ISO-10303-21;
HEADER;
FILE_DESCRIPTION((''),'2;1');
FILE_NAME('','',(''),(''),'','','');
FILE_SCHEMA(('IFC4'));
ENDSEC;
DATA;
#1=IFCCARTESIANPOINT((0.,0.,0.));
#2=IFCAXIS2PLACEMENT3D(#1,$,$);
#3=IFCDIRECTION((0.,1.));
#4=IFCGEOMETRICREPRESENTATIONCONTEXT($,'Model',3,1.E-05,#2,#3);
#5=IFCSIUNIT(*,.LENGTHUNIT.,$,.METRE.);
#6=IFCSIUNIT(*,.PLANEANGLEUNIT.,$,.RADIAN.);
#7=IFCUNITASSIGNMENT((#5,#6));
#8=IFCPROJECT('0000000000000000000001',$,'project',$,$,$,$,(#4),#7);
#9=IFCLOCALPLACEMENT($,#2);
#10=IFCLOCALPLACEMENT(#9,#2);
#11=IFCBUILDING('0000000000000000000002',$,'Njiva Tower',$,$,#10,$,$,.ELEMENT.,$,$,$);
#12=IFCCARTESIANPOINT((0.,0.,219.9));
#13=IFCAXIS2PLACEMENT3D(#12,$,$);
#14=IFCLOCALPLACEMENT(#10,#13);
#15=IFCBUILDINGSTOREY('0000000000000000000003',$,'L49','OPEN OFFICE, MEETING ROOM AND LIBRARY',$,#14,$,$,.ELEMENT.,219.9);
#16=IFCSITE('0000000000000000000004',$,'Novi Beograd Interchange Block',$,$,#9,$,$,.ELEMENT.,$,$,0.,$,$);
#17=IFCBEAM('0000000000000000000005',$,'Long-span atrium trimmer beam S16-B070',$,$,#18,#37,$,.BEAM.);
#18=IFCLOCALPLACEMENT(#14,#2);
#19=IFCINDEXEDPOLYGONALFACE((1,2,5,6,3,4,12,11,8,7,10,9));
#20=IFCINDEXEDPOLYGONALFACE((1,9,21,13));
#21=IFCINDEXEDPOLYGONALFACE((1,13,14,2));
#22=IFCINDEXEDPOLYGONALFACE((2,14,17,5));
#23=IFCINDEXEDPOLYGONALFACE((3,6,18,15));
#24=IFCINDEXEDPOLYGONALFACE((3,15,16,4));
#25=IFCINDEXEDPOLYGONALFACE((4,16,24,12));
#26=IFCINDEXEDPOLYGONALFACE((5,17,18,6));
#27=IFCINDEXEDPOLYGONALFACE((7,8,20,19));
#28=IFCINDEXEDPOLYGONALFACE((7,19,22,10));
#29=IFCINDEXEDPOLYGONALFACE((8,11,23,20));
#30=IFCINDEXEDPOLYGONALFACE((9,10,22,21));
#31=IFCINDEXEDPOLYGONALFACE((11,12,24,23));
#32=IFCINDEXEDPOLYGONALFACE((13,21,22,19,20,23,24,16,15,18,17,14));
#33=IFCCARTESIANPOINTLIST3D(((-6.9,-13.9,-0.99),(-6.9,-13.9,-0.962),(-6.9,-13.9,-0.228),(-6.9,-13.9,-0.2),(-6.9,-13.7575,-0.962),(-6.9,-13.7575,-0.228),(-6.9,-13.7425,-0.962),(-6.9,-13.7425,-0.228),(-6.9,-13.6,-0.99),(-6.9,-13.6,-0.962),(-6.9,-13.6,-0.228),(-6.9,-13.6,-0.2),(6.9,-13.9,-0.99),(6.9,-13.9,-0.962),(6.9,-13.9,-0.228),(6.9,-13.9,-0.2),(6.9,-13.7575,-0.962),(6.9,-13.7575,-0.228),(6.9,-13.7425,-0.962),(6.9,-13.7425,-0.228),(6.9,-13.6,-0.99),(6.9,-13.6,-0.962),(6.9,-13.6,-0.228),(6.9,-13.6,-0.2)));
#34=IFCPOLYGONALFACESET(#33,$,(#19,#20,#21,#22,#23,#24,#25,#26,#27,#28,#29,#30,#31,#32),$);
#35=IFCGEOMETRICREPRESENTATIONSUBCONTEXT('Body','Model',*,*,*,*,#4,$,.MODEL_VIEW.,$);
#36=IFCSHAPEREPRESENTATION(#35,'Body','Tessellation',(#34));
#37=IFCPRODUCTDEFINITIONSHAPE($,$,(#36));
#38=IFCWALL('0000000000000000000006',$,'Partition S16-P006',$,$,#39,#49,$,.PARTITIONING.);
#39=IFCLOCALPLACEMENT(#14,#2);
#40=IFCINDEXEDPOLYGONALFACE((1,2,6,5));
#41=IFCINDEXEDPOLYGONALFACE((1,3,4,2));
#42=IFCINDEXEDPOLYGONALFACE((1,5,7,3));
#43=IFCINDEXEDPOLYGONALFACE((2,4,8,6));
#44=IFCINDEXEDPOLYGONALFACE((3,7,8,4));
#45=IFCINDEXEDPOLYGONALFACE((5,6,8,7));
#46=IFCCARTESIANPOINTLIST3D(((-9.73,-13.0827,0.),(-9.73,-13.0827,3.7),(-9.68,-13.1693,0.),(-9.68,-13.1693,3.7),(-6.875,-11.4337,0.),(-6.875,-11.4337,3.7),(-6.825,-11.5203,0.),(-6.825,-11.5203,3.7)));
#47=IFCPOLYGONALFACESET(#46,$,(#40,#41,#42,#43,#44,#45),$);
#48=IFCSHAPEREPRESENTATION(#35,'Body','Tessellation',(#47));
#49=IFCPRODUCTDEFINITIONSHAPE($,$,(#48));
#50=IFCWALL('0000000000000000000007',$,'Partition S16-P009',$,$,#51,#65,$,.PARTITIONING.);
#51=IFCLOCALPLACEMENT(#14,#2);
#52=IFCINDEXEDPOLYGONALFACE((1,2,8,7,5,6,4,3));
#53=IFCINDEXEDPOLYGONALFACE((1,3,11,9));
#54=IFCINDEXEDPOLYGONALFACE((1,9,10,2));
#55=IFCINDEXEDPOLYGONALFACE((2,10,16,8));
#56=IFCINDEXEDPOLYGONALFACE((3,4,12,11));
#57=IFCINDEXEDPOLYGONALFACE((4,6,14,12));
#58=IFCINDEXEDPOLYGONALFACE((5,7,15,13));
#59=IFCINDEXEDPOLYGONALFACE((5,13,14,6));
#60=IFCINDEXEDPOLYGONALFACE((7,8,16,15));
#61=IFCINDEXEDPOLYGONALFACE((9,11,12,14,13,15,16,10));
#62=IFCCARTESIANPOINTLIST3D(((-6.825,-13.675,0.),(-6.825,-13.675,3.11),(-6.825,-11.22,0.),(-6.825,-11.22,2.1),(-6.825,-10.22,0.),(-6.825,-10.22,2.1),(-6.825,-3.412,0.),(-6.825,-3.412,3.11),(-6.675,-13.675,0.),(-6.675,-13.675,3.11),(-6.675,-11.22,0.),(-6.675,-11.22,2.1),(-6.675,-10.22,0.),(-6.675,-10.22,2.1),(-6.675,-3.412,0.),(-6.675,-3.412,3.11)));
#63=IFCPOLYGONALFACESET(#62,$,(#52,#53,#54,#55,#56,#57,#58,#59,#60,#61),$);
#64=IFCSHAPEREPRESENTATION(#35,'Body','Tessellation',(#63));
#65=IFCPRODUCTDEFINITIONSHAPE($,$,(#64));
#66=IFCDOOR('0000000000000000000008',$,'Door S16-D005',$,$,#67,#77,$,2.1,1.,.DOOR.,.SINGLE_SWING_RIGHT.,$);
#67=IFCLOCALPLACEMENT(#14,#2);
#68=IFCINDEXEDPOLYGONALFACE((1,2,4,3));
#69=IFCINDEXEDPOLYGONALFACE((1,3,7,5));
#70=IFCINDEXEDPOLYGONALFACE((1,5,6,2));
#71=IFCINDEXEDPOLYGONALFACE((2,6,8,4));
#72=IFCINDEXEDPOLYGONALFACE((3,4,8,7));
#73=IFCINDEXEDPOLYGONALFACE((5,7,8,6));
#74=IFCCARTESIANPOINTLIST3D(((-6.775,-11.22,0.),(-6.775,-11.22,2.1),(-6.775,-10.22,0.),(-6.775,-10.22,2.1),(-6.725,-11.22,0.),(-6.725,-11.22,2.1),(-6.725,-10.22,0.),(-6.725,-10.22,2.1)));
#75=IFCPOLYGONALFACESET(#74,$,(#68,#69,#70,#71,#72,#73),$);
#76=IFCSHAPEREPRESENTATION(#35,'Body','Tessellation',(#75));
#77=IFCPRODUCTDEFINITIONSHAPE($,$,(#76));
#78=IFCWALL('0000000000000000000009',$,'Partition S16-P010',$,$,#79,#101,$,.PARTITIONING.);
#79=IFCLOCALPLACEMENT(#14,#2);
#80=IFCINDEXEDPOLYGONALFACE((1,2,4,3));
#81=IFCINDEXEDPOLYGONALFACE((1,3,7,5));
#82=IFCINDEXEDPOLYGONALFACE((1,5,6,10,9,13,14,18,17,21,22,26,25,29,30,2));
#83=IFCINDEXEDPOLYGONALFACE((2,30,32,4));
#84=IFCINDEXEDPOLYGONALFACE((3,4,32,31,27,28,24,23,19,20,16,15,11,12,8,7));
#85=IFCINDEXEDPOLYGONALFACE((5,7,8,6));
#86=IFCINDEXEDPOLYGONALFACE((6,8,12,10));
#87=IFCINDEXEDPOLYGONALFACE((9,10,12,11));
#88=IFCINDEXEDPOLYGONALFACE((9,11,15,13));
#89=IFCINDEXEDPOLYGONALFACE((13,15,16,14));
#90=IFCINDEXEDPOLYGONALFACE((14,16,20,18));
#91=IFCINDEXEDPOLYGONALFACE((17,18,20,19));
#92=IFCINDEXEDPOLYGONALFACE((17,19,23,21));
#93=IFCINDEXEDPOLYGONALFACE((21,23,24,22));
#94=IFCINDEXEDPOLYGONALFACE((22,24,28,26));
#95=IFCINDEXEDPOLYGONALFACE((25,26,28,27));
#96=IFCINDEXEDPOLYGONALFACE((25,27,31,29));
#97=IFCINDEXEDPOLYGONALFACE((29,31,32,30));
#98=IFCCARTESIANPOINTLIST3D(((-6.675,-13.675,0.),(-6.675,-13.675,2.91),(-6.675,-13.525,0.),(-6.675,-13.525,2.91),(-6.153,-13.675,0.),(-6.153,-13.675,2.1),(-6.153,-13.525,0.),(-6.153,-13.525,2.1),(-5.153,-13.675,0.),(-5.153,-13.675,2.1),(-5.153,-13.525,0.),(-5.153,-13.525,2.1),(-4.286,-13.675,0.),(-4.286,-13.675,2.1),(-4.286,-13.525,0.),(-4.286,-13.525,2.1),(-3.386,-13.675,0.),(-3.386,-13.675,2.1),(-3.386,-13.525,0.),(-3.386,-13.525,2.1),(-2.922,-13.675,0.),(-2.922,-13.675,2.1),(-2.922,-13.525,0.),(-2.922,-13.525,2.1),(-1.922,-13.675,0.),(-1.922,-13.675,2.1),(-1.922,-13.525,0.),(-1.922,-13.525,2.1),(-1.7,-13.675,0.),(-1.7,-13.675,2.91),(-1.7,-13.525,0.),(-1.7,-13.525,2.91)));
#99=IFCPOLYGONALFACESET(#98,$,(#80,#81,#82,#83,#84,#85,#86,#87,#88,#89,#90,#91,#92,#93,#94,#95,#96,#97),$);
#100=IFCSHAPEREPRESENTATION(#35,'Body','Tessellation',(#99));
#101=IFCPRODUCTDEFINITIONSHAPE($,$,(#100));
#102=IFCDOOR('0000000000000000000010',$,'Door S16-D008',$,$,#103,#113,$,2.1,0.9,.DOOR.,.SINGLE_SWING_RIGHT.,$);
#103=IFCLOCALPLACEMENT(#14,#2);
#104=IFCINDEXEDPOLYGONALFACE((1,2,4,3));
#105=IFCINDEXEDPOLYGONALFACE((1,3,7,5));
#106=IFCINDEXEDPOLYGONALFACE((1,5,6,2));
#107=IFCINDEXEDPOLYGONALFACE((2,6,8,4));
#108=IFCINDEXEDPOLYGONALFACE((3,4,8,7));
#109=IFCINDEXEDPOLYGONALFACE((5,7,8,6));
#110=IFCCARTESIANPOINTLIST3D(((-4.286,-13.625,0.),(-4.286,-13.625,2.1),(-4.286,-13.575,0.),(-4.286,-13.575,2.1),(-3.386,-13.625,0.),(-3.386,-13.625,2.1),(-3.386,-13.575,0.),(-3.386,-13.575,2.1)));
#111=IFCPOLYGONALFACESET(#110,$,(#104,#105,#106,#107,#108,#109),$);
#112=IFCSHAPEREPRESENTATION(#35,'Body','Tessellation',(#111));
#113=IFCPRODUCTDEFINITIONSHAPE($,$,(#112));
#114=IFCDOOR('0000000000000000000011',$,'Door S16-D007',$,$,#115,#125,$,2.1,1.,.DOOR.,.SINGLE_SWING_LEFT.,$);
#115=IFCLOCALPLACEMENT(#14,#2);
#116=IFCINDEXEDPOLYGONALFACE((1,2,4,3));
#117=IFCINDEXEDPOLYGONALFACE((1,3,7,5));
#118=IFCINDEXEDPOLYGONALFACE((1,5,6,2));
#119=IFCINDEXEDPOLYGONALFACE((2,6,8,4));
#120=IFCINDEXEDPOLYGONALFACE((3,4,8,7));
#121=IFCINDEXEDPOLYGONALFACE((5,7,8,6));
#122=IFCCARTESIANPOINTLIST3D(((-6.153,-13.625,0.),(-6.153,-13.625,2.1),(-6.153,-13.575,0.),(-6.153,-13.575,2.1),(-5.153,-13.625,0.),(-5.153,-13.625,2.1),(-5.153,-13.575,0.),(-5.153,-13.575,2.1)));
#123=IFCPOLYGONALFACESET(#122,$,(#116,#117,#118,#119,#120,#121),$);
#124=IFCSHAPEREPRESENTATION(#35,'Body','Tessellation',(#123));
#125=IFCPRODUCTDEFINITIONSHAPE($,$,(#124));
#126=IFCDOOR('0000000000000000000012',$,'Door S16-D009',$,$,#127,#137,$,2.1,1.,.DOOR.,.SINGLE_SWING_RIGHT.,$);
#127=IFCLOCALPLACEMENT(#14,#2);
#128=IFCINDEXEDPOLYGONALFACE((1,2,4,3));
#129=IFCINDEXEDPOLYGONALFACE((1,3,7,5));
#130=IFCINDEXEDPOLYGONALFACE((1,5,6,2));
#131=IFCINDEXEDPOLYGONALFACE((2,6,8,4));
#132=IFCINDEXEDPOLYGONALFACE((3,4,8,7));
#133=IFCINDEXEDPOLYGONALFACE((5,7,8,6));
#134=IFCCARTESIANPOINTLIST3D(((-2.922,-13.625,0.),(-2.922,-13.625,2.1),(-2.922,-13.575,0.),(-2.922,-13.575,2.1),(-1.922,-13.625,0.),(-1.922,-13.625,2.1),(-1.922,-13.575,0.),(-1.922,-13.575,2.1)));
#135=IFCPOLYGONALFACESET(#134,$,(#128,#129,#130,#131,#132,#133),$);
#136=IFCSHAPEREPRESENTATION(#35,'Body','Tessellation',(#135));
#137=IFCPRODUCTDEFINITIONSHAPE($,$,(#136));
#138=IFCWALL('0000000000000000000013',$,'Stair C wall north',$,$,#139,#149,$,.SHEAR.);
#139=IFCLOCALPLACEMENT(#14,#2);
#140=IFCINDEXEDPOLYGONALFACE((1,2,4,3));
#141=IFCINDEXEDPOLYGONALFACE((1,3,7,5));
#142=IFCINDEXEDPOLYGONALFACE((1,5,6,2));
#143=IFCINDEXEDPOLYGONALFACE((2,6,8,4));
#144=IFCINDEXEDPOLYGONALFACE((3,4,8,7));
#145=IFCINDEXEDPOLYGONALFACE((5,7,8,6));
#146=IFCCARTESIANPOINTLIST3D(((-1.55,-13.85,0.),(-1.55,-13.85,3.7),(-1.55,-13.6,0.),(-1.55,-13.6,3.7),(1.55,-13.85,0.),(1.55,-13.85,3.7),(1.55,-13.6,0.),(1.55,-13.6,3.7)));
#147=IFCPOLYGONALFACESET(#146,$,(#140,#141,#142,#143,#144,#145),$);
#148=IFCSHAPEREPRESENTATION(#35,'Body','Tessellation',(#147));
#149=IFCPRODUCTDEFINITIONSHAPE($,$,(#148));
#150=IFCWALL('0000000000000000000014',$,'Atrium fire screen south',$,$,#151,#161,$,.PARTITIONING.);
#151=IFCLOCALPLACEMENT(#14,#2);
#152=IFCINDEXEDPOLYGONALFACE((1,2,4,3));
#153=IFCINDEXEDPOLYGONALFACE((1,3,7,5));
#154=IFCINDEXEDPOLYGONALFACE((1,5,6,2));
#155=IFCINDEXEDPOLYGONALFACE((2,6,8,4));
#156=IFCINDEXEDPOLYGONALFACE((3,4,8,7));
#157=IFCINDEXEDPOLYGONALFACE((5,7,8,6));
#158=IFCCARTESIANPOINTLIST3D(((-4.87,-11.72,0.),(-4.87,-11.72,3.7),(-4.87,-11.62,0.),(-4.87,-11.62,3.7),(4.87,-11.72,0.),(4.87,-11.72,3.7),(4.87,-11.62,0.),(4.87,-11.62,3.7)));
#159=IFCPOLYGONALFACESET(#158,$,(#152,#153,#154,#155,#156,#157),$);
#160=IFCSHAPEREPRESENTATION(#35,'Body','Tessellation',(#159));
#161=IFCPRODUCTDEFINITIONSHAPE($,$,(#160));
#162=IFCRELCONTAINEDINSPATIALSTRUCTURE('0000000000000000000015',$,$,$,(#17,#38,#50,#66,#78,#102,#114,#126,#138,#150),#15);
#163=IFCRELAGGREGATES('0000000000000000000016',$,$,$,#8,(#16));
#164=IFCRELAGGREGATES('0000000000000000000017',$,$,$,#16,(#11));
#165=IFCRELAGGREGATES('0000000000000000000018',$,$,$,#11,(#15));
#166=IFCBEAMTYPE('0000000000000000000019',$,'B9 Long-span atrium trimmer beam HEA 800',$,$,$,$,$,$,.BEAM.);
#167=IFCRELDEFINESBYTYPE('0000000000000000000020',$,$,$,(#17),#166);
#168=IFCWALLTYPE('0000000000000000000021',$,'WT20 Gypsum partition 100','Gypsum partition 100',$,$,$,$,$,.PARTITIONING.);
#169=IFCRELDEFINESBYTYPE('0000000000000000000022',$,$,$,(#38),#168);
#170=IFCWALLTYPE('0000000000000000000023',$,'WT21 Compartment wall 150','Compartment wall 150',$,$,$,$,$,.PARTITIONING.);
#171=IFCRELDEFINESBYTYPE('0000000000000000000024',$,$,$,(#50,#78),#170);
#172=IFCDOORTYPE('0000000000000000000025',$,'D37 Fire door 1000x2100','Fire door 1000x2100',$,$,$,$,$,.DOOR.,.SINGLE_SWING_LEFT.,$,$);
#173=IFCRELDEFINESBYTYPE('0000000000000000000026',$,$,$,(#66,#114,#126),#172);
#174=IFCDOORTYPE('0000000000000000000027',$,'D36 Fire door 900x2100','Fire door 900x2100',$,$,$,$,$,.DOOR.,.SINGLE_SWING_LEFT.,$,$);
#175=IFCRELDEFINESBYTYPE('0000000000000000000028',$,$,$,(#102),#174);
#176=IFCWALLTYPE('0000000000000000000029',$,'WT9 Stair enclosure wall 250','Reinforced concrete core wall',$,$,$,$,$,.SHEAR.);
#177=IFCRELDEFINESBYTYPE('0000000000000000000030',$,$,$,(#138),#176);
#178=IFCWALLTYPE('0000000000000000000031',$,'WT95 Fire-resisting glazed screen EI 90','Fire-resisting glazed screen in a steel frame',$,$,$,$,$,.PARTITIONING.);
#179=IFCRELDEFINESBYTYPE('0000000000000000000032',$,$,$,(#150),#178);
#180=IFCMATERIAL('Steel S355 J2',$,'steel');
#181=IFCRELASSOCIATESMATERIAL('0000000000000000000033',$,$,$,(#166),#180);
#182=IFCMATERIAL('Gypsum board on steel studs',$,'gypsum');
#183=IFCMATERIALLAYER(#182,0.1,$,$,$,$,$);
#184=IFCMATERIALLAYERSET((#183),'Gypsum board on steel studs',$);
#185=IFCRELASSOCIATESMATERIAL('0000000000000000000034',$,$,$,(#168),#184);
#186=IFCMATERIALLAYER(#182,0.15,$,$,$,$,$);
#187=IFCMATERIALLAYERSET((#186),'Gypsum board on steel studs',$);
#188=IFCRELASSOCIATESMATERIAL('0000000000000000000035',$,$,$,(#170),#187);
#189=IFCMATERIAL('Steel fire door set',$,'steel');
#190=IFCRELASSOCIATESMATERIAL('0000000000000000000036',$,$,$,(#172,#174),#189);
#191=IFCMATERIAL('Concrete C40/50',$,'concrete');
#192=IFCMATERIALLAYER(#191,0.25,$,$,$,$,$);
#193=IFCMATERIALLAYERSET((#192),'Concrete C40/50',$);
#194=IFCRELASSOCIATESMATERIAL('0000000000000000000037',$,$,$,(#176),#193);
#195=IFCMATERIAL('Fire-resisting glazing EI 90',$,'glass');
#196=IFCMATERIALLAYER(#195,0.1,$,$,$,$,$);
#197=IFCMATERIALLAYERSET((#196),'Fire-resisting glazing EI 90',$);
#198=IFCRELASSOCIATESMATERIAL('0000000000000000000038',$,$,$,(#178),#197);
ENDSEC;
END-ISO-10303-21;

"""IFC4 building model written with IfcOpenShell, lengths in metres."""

from ifc_helpers import new_model, si_unit, direction, frame, frame_2d, origin, origin_2d, place, context, subcontext, project, spatial, rectangle, i_section, extrude, material, layer, layer_set, material_profile, profile_set, type_object, element, fill, save


model = new_model("IFC4")

# Units and contexts
model_context = context("Model", 3, precision=1e-05, world=origin(), true_north=direction((0.0, 1.0)))
body_context = subcontext(model_context, "Body", "Model", "MODEL_VIEW")
ifc_project = project(units=[si_unit("LENGTHUNIT", "METRE"), si_unit("PLANEANGLEUNIT", "RADIAN")], contexts=[model_context])

# Site, building, storey
site_placement = place(None, origin())
site = spatial("IfcSite", under=ifc_project, at=site_placement, Name="Novi Beograd Interchange Block", CompositionType="ELEMENT", RefElevation=0.0)
building_placement = place(site_placement, origin())
building = spatial("IfcBuilding", under=site, at=building_placement, Name="Njiva Tower", CompositionType="ELEMENT")
storey_placement = place(building_placement, frame((0.0, 0.0, 219.9)))
storey = spatial("IfcBuildingStorey", under=building, at=storey_placement, Name="L49", Description="OPEN OFFICE, MEETING ROOM AND LIBRARY", CompositionType="ELEMENT", Elevation=219.9)

# Shared definitions
ifc_material_1 = material(Name="Steel S355 J2", Category="steel")

# Beam
ifc_material_profile_1 = material_profile(ifc_material_1, i_section(OverallWidth=0.3, OverallDepth=0.79, WebThickness=0.015, FlangeThickness=0.028, at=origin_2d()), Name="HEA 800")
ifc_profile_set_1 = profile_set([ifc_material_profile_1], Name="Steel S355 J2")
beam_type_1 = type_object("IfcBeamType", Name="B9 Long-span atrium trimmer beam HEA 800", PredefinedType="BEAM", material=ifc_profile_set_1)
beam_1_placement = place(storey_placement, frame((-6.9, -13.75, -0.595), z_axis=(1.0, 0.0, 0.0), x_axis=(0.0, 1.0, 0.0)))
element("IfcBeam", 1, at=beam_1_placement, inside=storey, type_object=beam_type_1, Name="Long-span atrium trimmer beam S16-B070", PredefinedType="BEAM", context=body_context, shape_type="SweptSolid", body=[
    extrude(i_section(OverallWidth=0.3, OverallDepth=0.79, WebThickness=0.015, FlangeThickness=0.028, at=origin_2d()), origin(), (0.0, 0.0, 1.0), 13.8),
])

# Wall
ifc_material_2 = material(Name="Gypsum board on steel studs", Category="gypsum")
ifc_layer_1 = layer(ifc_material_2, 0.1)
ifc_layer_set_1 = layer_set([ifc_layer_1], Name="Gypsum board on steel studs")
wall_type_1 = type_object("IfcWallType", Name="WT20 Gypsum partition 100", Description="Gypsum partition 100", PredefinedType="PARTITIONING", material=ifc_layer_set_1)
wall_1_placement = place(storey_placement, frame((-9.705, -13.126, 0.0), z_axis=(0.0, 0.0, 1.0), x_axis=(0.865938, 0.500151, 0.0)))
element("IfcWall", 2, at=wall_1_placement, inside=storey, type_object=wall_type_1, Name="Partition S16-P006", PredefinedType="PARTITIONING", context=body_context, shape_type="SweptSolid", body=[
    extrude(rectangle(XDim=3.297, YDim=0.1, at=frame_2d((1.6485, 0.0))), origin(), (0.0, 0.0, 1.0), 3.7),
])

# Wall, opening, door
ifc_layer_2 = layer(ifc_material_2, 0.15)
ifc_layer_set_2 = layer_set([ifc_layer_2], Name="Gypsum board on steel studs")
wall_type_2 = type_object("IfcWallType", Name="WT21 Compartment wall 150", Description="Compartment wall 150", PredefinedType="PARTITIONING", material=ifc_layer_set_2)
wall_2_placement = place(storey_placement, frame((-6.75, -13.675, 0.0), z_axis=(0.0, 0.0, 1.0), x_axis=(0.0, 1.0, 0.0)))
wall_2 = element("IfcWall", 3, at=wall_2_placement, inside=storey, type_object=wall_type_2, Name="Partition S16-P009", PredefinedType="PARTITIONING", context=body_context, shape_type="SweptSolid", body=[
    extrude(rectangle(XDim=10.263, YDim=0.15, at=frame_2d((5.1315, 0.0))), origin(), (0.0, 0.0, 1.0), 3.11),
])
opening_1_placement = place(wall_2_placement, frame((2.455, 0.0, 0.0)))
opening_1 = element("IfcOpeningElement", 4, at=opening_1_placement, cuts=wall_2, PredefinedType="OPENING", context=body_context, shape_type="SweptSolid", body=[
    extrude(rectangle(XDim=1.0, YDim=2.1, at=frame_2d((0.5, 1.05))), frame((0.0, 0.085, 0.0), z_axis=(0.0, -1.0, 0.0), x_axis=(1.0, 0.0, 0.0)), (0.0, 0.0, 1.0), 0.17),
])
ifc_material_3 = material(Name="Steel fire door set", Category="steel")
door_type_1 = type_object("IfcDoorType", Name="D37 Fire door 1000x2100", Description="Fire door 1000x2100", OperationType="SINGLE_SWING_LEFT", PredefinedType="DOOR", material=ifc_material_3)
door_1_placement = place(opening_1_placement, origin())
door_1 = element("IfcDoor", 5, at=door_1_placement, inside=storey, type_object=door_type_1, Name="Door S16-D005", OperationType="SINGLE_SWING_RIGHT", OverallHeight=2.1, OverallWidth=1.0, PredefinedType="DOOR", context=body_context, shape_type="SweptSolid", body=[
    extrude(rectangle(XDim=1.0, YDim=2.1, at=frame_2d((0.5, 1.05))), frame((0.0, 0.025, 0.0), z_axis=(0.0, -1.0, 0.0), x_axis=(1.0, 0.0, 0.0)), (0.0, 0.0, 1.0), 0.05),
])
fill(opening_1, door_1)

# Wall, openings, doors
wall_3_placement = place(storey_placement, frame((-6.675, -13.6, 0.0), z_axis=(0.0, 0.0, 1.0), x_axis=(1.0, 0.0, 0.0)))
wall_3 = element("IfcWall", 6, at=wall_3_placement, inside=storey, type_object=wall_type_2, Name="Partition S16-P010", PredefinedType="PARTITIONING", context=body_context, shape_type="SweptSolid", body=[
    extrude(rectangle(XDim=4.975, YDim=0.15, at=frame_2d((2.4875, 0.0))), origin(), (0.0, 0.0, 1.0), 2.91),
])
opening_2_placement = place(wall_3_placement, frame((0.522, 0.0, 0.0)))
opening_2 = element("IfcOpeningElement", 7, at=opening_2_placement, cuts=wall_3, PredefinedType="OPENING", context=body_context, shape_type="SweptSolid", body=[
    extrude(rectangle(XDim=1.0, YDim=2.1, at=frame_2d((0.5, 1.05))), frame((0.0, 0.085, 0.0), z_axis=(0.0, -1.0, 0.0), x_axis=(1.0, 0.0, 0.0)), (0.0, 0.0, 1.0), 0.17),
])
opening_3_placement = place(wall_3_placement, frame((2.389, 0.0, 0.0)))
opening_3 = element("IfcOpeningElement", 8, at=opening_3_placement, cuts=wall_3, PredefinedType="OPENING", context=body_context, shape_type="SweptSolid", body=[
    extrude(rectangle(XDim=0.9, YDim=2.1, at=frame_2d((0.45, 1.05))), frame((0.0, 0.085, 0.0), z_axis=(0.0, -1.0, 0.0), x_axis=(1.0, 0.0, 0.0)), (0.0, 0.0, 1.0), 0.17),
])
opening_4_placement = place(wall_3_placement, frame((3.753, 0.0, 0.0)))
opening_4 = element("IfcOpeningElement", 9, at=opening_4_placement, cuts=wall_3, PredefinedType="OPENING", context=body_context, shape_type="SweptSolid", body=[
    extrude(rectangle(XDim=1.0, YDim=2.1, at=frame_2d((0.5, 1.05))), frame((0.0, 0.085, 0.0), z_axis=(0.0, -1.0, 0.0), x_axis=(1.0, 0.0, 0.0)), (0.0, 0.0, 1.0), 0.17),
])
door_type_2 = type_object("IfcDoorType", Name="D36 Fire door 900x2100", Description="Fire door 900x2100", OperationType="SINGLE_SWING_LEFT", PredefinedType="DOOR", material=ifc_material_3)
door_2_placement = place(opening_3_placement, origin())
door_2 = element("IfcDoor", 10, at=door_2_placement, inside=storey, type_object=door_type_2, Name="Door S16-D008", OperationType="SINGLE_SWING_RIGHT", OverallHeight=2.1, OverallWidth=0.9, PredefinedType="DOOR", context=body_context, shape_type="SweptSolid", body=[
    extrude(rectangle(XDim=0.9, YDim=2.1, at=frame_2d((0.45, 1.05))), frame((0.0, 0.025, 0.0), z_axis=(0.0, -1.0, 0.0), x_axis=(1.0, 0.0, 0.0)), (0.0, 0.0, 1.0), 0.05),
])
fill(opening_3, door_2)
door_3_placement = place(opening_2_placement, origin())
door_3 = element("IfcDoor", 11, at=door_3_placement, inside=storey, type_object=door_type_1, Name="Door S16-D007", OperationType="SINGLE_SWING_LEFT", OverallHeight=2.1, OverallWidth=1.0, PredefinedType="DOOR", context=body_context, shape_type="SweptSolid", body=[
    extrude(rectangle(XDim=1.0, YDim=2.1, at=frame_2d((0.5, 1.05))), frame((0.0, 0.025, 0.0), z_axis=(0.0, -1.0, 0.0), x_axis=(1.0, 0.0, 0.0)), (0.0, 0.0, 1.0), 0.05),
])
fill(opening_2, door_3)
door_4_placement = place(opening_4_placement, origin())
door_4 = element("IfcDoor", 12, at=door_4_placement, inside=storey, type_object=door_type_1, Name="Door S16-D009", OperationType="SINGLE_SWING_RIGHT", OverallHeight=2.1, OverallWidth=1.0, PredefinedType="DOOR", context=body_context, shape_type="SweptSolid", body=[
    extrude(rectangle(XDim=1.0, YDim=2.1, at=frame_2d((0.5, 1.05))), frame((0.0, 0.025, 0.0), z_axis=(0.0, -1.0, 0.0), x_axis=(1.0, 0.0, 0.0)), (0.0, 0.0, 1.0), 0.05),
])
fill(opening_4, door_4)

# Walls
ifc_material_4 = material(Name="Concrete C40/50", Category="concrete")
ifc_layer_3 = layer(ifc_material_4, 0.25)
ifc_layer_set_3 = layer_set([ifc_layer_3], Name="Concrete C40/50")
wall_type_3 = type_object("IfcWallType", Name="WT9 Stair enclosure wall 250", Description="Reinforced concrete core wall", PredefinedType="SHEAR", material=ifc_layer_set_3)
wall_4_placement = place(storey_placement, frame((-1.55, -13.725, 0.0), z_axis=(0.0, 0.0, 1.0), x_axis=(1.0, 0.0, 0.0)))
element("IfcWall", 13, at=wall_4_placement, inside=storey, type_object=wall_type_3, Name="Stair C wall north", PredefinedType="SHEAR", context=body_context, shape_type="SweptSolid", body=[
    extrude(rectangle(XDim=3.1, YDim=0.25, at=frame_2d((1.55, 0.0))), origin(), (0.0, 0.0, 1.0), 3.7),
])
ifc_material_5 = material(Name="Fire-resisting glazing EI 90", Category="glass")
ifc_layer_4 = layer(ifc_material_5, 0.1)
ifc_layer_set_4 = layer_set([ifc_layer_4], Name="Fire-resisting glazing EI 90")
wall_type_4 = type_object("IfcWallType", Name="WT95 Fire-resisting glazed screen EI 90", Description="Fire-resisting glazed screen in a steel frame", PredefinedType="PARTITIONING", material=ifc_layer_set_4)
wall_5_placement = place(storey_placement, frame((-4.87, -11.67, 0.0), z_axis=(0.0, 0.0, 1.0), x_axis=(1.0, 0.0, 0.0)))
element("IfcWall", 14, at=wall_5_placement, inside=storey, type_object=wall_type_4, Name="Atrium fire screen south", PredefinedType="PARTITIONING", context=body_context, shape_type="SweptSolid", body=[
    extrude(rectangle(XDim=9.74, YDim=0.1, at=frame_2d((4.87, 0.0))), origin(), (0.0, 0.0, 1.0), 3.7),
])

save(model, "model.ifc")
